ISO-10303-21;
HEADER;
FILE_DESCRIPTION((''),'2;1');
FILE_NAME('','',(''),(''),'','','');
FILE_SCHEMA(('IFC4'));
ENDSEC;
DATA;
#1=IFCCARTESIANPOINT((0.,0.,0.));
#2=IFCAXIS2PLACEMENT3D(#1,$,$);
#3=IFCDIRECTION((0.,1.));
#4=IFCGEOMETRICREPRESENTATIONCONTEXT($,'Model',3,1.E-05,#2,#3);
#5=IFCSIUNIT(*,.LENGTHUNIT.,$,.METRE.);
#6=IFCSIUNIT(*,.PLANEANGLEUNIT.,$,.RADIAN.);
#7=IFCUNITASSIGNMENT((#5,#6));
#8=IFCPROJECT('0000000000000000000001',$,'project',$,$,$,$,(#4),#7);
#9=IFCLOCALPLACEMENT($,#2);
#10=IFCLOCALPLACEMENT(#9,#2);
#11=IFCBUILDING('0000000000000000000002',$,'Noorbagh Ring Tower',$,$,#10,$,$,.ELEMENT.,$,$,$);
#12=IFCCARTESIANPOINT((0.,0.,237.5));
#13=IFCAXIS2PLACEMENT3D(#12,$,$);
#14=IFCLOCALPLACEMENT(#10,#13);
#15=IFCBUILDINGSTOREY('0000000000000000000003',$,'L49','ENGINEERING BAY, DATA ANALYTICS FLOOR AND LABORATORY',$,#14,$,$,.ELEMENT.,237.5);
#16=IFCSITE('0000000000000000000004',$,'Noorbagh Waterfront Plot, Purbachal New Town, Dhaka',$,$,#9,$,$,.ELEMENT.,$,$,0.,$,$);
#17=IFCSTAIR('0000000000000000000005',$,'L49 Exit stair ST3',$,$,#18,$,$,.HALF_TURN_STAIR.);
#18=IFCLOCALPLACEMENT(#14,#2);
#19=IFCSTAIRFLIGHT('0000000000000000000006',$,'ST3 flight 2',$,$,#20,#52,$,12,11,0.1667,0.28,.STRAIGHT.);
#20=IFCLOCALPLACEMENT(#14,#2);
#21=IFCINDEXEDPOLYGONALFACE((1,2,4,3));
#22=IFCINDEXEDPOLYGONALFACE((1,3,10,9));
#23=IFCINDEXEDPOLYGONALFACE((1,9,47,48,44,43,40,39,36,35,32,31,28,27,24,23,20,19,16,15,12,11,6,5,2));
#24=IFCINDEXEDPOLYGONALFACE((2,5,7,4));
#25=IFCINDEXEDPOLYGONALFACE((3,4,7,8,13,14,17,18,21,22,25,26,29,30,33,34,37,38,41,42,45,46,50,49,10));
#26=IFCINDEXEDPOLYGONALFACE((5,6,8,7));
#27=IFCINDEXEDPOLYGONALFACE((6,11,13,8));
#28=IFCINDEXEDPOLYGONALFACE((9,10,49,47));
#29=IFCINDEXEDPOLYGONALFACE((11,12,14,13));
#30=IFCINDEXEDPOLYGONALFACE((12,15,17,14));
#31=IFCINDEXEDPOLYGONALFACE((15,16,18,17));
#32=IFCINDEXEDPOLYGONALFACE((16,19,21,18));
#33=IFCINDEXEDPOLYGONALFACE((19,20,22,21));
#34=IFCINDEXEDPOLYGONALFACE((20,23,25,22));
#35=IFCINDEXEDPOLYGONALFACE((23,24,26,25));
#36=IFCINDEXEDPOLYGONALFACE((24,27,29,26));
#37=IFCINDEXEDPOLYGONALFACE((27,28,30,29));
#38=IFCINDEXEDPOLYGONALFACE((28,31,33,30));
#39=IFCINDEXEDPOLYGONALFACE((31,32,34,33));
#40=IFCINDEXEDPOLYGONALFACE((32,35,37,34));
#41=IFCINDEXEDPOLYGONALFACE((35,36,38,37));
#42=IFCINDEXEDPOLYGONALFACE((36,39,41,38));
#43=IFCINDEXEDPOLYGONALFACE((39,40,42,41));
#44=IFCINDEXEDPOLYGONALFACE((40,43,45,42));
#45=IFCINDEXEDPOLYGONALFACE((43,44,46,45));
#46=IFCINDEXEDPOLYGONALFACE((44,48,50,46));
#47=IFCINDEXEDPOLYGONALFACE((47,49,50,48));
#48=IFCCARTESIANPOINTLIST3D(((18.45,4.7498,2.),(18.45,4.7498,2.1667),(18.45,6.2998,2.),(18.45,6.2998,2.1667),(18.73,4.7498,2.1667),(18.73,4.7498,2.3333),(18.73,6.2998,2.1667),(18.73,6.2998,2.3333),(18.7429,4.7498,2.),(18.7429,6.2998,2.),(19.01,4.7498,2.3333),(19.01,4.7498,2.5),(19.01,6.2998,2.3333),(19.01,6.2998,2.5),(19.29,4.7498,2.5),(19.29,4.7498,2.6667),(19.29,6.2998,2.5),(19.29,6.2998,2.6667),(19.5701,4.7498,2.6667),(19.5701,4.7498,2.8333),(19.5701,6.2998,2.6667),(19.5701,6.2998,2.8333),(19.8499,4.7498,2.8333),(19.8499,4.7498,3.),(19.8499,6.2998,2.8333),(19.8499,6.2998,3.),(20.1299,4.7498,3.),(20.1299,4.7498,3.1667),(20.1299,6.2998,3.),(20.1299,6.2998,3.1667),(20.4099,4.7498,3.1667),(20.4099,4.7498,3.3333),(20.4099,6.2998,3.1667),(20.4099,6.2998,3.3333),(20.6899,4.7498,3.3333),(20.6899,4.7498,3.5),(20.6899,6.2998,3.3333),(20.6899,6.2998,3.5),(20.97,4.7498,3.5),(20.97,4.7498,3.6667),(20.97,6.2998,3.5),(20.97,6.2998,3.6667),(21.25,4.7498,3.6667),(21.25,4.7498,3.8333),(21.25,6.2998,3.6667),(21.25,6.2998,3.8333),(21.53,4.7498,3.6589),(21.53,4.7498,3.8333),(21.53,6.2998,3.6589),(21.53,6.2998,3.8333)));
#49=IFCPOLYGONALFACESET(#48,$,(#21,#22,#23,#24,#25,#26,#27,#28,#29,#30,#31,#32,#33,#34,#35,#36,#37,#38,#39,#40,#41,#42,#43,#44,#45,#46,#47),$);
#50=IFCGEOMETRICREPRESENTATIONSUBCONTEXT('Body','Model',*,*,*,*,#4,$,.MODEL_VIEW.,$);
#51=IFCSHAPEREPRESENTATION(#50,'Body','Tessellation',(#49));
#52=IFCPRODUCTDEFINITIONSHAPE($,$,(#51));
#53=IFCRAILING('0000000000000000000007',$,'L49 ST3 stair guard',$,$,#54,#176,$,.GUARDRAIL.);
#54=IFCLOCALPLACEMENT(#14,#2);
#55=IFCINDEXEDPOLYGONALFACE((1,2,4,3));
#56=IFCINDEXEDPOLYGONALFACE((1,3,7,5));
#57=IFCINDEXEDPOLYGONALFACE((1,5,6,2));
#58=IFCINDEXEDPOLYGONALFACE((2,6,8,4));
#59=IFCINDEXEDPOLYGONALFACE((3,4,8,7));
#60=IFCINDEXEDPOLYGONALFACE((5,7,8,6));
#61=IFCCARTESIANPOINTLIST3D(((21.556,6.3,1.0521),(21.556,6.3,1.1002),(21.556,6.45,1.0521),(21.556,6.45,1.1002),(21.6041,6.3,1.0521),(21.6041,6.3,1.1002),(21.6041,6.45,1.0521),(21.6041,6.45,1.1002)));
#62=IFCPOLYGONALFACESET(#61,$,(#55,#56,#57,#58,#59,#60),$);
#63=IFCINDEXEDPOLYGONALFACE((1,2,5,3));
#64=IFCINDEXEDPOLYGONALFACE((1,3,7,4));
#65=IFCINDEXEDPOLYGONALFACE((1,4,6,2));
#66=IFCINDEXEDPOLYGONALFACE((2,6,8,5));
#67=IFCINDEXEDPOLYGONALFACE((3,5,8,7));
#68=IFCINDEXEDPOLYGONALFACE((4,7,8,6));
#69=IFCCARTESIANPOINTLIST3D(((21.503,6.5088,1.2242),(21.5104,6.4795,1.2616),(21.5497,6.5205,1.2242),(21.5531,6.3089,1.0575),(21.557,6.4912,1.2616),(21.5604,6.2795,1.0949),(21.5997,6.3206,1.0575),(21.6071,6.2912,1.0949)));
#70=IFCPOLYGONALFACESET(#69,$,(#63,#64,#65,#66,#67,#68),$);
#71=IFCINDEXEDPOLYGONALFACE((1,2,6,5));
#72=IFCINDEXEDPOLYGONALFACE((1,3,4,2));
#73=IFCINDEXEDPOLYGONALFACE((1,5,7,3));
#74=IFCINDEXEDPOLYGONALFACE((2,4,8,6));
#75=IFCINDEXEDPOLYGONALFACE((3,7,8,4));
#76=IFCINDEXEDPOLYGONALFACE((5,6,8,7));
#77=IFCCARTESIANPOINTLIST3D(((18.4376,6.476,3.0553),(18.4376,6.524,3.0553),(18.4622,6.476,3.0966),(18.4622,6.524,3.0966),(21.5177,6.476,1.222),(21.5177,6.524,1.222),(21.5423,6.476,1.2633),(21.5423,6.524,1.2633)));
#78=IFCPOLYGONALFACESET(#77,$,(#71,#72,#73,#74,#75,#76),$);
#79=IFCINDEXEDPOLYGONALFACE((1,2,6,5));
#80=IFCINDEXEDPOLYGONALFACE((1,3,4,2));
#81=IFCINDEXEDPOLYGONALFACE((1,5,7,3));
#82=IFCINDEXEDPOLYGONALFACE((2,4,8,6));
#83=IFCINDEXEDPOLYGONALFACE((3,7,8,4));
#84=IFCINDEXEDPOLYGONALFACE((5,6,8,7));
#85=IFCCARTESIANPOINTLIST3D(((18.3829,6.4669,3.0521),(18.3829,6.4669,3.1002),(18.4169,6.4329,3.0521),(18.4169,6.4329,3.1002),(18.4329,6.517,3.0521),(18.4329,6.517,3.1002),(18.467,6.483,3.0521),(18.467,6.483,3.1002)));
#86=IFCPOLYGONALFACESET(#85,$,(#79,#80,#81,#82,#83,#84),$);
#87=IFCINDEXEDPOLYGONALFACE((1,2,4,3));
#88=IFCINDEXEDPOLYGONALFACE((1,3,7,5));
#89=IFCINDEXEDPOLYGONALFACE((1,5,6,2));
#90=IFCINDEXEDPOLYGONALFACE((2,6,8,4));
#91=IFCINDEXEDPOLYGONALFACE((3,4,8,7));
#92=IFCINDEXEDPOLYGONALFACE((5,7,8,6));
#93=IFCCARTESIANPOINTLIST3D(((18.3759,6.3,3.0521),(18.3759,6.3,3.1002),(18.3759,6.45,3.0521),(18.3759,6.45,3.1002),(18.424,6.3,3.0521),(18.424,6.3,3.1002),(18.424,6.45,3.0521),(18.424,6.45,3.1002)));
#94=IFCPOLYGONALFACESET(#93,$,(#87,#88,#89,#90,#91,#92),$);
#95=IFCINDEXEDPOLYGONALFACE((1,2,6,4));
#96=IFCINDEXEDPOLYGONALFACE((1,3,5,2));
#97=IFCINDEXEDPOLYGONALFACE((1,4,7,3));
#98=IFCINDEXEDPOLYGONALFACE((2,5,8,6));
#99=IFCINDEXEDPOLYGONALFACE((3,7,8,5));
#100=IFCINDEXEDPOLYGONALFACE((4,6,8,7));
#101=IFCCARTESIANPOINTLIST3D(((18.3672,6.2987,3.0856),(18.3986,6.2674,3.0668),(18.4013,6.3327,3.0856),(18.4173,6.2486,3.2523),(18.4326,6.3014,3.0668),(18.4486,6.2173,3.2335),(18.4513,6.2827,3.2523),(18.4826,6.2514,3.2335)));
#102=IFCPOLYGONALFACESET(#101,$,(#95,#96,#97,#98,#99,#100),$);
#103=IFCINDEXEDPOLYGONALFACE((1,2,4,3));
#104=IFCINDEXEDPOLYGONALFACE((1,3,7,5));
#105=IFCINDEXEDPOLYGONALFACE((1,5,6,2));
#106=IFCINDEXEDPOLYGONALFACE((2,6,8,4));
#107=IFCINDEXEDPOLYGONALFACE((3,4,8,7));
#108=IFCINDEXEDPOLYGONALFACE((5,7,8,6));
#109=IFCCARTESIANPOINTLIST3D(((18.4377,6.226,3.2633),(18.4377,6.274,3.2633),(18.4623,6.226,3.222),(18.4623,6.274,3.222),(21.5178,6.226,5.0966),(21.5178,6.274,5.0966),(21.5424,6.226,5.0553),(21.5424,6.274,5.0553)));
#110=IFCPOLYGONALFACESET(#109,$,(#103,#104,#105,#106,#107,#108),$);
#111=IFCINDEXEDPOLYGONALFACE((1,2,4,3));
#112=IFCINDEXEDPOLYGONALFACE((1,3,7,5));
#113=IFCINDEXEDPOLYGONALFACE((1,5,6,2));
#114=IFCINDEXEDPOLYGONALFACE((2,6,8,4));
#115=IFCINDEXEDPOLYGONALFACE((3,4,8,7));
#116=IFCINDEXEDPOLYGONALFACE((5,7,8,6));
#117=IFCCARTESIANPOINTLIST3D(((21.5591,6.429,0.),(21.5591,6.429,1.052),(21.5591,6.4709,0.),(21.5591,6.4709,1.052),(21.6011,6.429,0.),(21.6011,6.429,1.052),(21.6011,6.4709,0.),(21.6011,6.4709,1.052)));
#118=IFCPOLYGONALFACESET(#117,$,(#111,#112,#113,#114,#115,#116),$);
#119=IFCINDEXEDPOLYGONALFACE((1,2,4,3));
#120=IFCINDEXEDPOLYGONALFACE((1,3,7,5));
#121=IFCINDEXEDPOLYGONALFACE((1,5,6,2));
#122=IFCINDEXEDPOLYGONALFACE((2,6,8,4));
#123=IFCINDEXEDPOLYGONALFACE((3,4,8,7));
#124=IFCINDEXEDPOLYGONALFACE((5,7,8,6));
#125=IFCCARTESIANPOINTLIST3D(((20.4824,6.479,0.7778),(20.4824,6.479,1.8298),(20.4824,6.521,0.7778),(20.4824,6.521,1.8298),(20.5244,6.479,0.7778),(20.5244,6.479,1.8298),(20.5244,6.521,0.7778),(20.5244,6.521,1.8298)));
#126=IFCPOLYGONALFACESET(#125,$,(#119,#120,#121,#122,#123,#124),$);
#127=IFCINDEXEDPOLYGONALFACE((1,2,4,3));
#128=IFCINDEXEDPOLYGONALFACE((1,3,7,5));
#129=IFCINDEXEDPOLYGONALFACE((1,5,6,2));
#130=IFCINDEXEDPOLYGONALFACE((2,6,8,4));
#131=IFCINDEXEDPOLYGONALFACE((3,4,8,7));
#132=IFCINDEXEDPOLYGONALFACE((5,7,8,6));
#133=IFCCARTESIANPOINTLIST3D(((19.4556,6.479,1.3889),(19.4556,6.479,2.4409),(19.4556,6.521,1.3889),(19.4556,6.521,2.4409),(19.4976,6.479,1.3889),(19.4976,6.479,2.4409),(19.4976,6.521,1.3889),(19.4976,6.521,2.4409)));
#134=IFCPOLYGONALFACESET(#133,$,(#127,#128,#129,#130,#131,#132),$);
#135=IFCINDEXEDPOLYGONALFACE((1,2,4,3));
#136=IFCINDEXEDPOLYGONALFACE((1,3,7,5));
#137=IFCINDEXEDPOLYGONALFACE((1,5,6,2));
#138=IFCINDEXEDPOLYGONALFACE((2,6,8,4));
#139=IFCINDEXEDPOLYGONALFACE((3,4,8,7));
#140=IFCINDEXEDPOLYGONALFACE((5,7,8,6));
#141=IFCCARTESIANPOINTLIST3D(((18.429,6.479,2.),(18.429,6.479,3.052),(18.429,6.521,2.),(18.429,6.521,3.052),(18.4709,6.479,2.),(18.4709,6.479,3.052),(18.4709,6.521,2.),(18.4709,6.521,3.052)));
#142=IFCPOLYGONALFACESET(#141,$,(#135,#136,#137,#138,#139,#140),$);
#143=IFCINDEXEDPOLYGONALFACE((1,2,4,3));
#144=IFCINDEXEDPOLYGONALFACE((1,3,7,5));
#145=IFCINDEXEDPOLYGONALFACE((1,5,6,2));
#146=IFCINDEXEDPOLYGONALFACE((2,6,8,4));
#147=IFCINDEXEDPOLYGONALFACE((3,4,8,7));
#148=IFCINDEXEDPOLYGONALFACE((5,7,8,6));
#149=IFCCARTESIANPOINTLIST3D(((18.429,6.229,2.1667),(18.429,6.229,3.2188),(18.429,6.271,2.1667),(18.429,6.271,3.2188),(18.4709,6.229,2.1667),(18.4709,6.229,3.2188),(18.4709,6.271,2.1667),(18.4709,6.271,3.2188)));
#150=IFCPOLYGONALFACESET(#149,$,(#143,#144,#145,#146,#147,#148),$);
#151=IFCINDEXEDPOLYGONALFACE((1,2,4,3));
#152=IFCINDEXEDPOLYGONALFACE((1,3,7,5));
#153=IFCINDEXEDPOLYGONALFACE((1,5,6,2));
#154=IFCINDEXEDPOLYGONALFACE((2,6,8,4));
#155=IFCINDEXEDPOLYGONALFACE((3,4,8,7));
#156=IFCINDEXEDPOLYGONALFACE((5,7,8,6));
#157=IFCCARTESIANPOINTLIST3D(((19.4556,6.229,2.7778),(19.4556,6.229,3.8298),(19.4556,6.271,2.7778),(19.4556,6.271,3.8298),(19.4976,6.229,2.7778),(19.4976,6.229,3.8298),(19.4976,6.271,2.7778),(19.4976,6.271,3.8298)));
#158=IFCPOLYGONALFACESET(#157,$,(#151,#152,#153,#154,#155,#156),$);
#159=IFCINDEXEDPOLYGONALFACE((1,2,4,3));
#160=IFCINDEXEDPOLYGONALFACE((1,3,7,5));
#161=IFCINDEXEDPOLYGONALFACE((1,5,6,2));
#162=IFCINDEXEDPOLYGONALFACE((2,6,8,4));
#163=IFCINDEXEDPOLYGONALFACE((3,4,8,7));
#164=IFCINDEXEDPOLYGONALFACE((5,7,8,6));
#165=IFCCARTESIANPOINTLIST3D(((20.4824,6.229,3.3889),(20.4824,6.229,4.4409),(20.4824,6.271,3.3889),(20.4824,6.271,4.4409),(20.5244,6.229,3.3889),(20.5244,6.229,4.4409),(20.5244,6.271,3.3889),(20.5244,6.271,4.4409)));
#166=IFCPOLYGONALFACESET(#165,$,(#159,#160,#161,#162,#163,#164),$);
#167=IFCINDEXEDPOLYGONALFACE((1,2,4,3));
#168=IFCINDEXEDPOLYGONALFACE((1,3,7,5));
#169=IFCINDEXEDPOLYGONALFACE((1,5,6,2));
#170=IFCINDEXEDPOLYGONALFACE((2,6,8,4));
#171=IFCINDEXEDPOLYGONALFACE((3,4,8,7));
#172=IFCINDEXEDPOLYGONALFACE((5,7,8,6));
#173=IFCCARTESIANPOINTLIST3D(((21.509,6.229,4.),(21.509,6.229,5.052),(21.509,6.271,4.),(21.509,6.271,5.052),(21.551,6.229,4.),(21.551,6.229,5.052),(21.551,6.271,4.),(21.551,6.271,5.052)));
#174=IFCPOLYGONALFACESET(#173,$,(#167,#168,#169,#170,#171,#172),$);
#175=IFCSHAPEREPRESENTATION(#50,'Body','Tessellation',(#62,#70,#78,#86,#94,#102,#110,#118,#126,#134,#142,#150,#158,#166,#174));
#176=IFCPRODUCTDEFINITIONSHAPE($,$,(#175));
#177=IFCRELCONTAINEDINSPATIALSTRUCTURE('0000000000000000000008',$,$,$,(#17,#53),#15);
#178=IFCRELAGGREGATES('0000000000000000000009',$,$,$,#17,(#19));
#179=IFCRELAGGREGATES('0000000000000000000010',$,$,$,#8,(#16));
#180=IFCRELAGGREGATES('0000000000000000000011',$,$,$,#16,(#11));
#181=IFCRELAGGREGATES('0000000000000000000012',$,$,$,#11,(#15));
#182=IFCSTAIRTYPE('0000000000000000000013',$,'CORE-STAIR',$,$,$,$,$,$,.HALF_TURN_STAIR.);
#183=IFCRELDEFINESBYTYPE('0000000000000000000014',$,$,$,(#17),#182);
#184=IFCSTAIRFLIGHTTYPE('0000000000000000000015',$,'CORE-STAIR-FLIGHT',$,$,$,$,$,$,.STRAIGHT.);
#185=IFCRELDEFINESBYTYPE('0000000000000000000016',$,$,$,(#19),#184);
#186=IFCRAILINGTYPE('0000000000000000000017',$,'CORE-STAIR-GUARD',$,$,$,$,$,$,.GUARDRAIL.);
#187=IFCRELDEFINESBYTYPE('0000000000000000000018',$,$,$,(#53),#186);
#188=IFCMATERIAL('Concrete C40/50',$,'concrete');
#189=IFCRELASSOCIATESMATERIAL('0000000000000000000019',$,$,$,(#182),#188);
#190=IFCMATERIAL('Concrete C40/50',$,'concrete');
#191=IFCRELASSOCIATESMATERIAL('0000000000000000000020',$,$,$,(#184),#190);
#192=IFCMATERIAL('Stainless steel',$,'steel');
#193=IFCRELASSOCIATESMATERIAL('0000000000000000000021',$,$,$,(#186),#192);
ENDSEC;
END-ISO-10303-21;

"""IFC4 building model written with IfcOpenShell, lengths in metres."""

from ifc_helpers import new_model, si_unit, direction, frame, origin, origin_2d, place, context, subcontext, project, spatial, polyline, rectangle, outline, extrude, material, type_object, element, aggregate, save


model = new_model("IFC4")

# Units and contexts
model_context = context("Model", 3, precision=1e-05, world=origin(), true_north=direction((0.0, 1.0)))
body_context = subcontext(model_context, "Body", "Model", "MODEL_VIEW")
ifc_project = project(units=[si_unit("LENGTHUNIT", "METRE"), si_unit("PLANEANGLEUNIT", "RADIAN")], contexts=[model_context])

# Site, building, storey
site_placement = place(None, origin())
site = spatial("IfcSite", under=ifc_project, at=site_placement, Name="Noorbagh Waterfront Plot, Purbachal New Town, Dhaka", CompositionType="ELEMENT", RefElevation=0.0)
building_placement = place(site_placement, origin())
building = spatial("IfcBuilding", under=site, at=building_placement, Name="Noorbagh Ring Tower", CompositionType="ELEMENT")
storey_placement = place(building_placement, frame((0.0, 0.0, 237.5)))
storey = spatial("IfcBuildingStorey", under=building, at=storey_placement, Name="L49", Description="ENGINEERING BAY, DATA ANALYTICS FLOOR AND LABORATORY", CompositionType="ELEMENT", Elevation=237.5)

# Stair, stair flight
ifc_material_1 = material(Name="Concrete C40/50", Category="concrete")
stair_type = type_object("IfcStairType", Name="CORE-STAIR", PredefinedType="HALF_TURN_STAIR", material=ifc_material_1)
stair_placement = place(storey_placement, origin())
stair = element("IfcStair", 1, at=stair_placement, inside=storey, type_object=stair_type, Name="L49 Exit stair ST3", PredefinedType="HALF_TURN_STAIR")
ifc_material_2 = material(Name="Concrete C40/50", Category="concrete")
stair_flight_type = type_object("IfcStairFlightType", Name="CORE-STAIR-FLIGHT", PredefinedType="STRAIGHT", material=ifc_material_2)
stair_flight_1_placement = place(storey_placement, frame((18.45, 5.5249, 2.0), z_axis=(0.0, 0.0, 1.0), x_axis=(1.0, 0.0, 0.0)))
stair_flight_1 = element("IfcStairFlight", 2, at=stair_flight_1_placement, type_object=stair_flight_type, Name="ST3 flight 2", NumberOfRisers=12, NumberOfTreads=11, PredefinedType="STRAIGHT", RiserHeight=0.1667, TreadLength=0.28, context=body_context, shape_type="SweptSolid", body=[
    extrude(outline(polyline([(0.0, 0.0), (0.0, 0.1667), (0.28, 0.1667), (0.28, 0.3333), (0.5601, 0.3333), (0.5601, 0.5), (0.8401, 0.5), (0.8401, 0.6667), (1.1201, 0.6667), (1.1201, 0.8333), (1.3999, 0.8333), (1.3999, 1.0), (1.6799, 1.0), (1.6799, 1.1667), (1.96, 1.1667), (1.96, 1.3333), (2.24, 1.3333), (2.24, 1.5), (2.52, 1.5), (2.52, 1.6667), (2.8, 1.6667), (2.8, 1.8333), (3.0801, 1.8333), (3.0801, 2.0), (3.0801, 1.6589), (0.293, 0.0), (0.0, 0.0)])), frame((0.0, 0.7749, 0.0), z_axis=(0.0, -1.0, 0.0), x_axis=(1.0, 0.0, 0.0)), (0.0, 0.0, 1.0), 1.55),
])
aggregate(stair, [stair_flight_1])

# Railing
ifc_material_3 = material(Name="Stainless steel", Category="steel")
railing_type_1 = type_object("IfcRailingType", Name="CORE-STAIR-GUARD", PredefinedType="GUARDRAIL", material=ifc_material_3)
railing_1_placement = place(storey_placement, frame((21.5801, 6.45, 0.0)))
element("IfcRailing", 3, at=railing_1_placement, inside=storey, type_object=railing_type_1, Name="L49 ST3 stair guard", PredefinedType="GUARDRAIL", context=body_context, shape_type="SweptSolid", body=[
    extrude(rectangle(XDim=0.0481, YDim=0.0481, at=origin_2d()), frame((0.0, 0.0, 1.0762), z_axis=(0.0, -1.0, 0.0), x_axis=(1.0, 0.0, 0.0)), (0.0, 0.0, 1.0), 0.1499),
    extrude(rectangle(XDim=0.0481, YDim=0.0481, at=origin_2d()), frame((0.0, -0.1499, 1.0762), z_axis=(-0.188776, 0.754182, 0.628946), x_axis=(-0.970073, -0.242814, 0.0)), (0.0, 0.0, 1.0), 0.2651),
    extrude(rectangle(XDim=0.0481, YDim=0.0481, at=origin_2d()), frame((-0.05, 0.05, 1.2427), z_axis=(-0.859309, 0.0, 0.511458), x_axis=(0.0, -1.0, 0.0)), (0.0, 0.0, 1.0), 3.5845),
    extrude(rectangle(XDim=0.0481, YDim=0.0481, at=origin_2d()), frame((-3.1301, 0.05, 3.0762), z_axis=(-0.707107, -0.707107, 0.0), x_axis=(0.707107, -0.707107, 0.0)), (0.0, 0.0, 1.0), 0.0708),
    extrude(rectangle(XDim=0.0481, YDim=0.0481, at=origin_2d()), frame((-3.1802, 0.0, 3.0762), z_axis=(0.0, -1.0, 0.0), x_axis=(1.0, 0.0, 0.0)), (0.0, 0.0, 1.0), 0.1499),
    extrude(rectangle(XDim=0.0481, YDim=0.0481, at=origin_2d()), frame((-3.1802, -0.1499, 3.0762), z_axis=(0.276287, -0.276287, 0.920506), x_axis=(0.707107, 0.707107, 0.0)), (0.0, 0.0, 1.0), 0.1812),
    extrude(rectangle(XDim=0.0481, YDim=0.0481, at=origin_2d()), frame((-3.1301, -0.2, 3.2427), z_axis=(0.859309, 0.0, 0.511458), x_axis=(0.0, 1.0, 0.0)), (0.0, 0.0, 1.0), 3.5845),
    extrude(rectangle(XDim=0.042, YDim=0.042, at=origin_2d()), origin(), (0.0, 0.0, 1.0), 1.052),
    extrude(rectangle(XDim=0.042, YDim=0.042, at=origin_2d()), frame((-1.0767, 0.05, 0.7778)), (0.0, 0.0, 1.0), 1.052),
    extrude(rectangle(XDim=0.042, YDim=0.042, at=origin_2d()), frame((-2.1035, 0.05, 1.3889)), (0.0, 0.0, 1.0), 1.052),
    extrude(rectangle(XDim=0.042, YDim=0.042, at=origin_2d()), frame((-3.1301, 0.05, 2.0)), (0.0, 0.0, 1.0), 1.052),
    extrude(rectangle(XDim=0.042, YDim=0.042, at=origin_2d()), frame((-3.1301, -0.2, 2.1667)), (0.0, 0.0, 1.0), 1.052),
    extrude(rectangle(XDim=0.042, YDim=0.042, at=origin_2d()), frame((-2.1035, -0.2, 2.7778)), (0.0, 0.0, 1.0), 1.052),
    extrude(rectangle(XDim=0.042, YDim=0.042, at=origin_2d()), frame((-1.0767, -0.2, 3.3889)), (0.0, 0.0, 1.0), 1.052),
    extrude(rectangle(XDim=0.042, YDim=0.042, at=origin_2d()), frame((-0.05, -0.2, 4.0)), (0.0, 0.0, 1.0), 1.052),
])

save(model, "model.ifc")
